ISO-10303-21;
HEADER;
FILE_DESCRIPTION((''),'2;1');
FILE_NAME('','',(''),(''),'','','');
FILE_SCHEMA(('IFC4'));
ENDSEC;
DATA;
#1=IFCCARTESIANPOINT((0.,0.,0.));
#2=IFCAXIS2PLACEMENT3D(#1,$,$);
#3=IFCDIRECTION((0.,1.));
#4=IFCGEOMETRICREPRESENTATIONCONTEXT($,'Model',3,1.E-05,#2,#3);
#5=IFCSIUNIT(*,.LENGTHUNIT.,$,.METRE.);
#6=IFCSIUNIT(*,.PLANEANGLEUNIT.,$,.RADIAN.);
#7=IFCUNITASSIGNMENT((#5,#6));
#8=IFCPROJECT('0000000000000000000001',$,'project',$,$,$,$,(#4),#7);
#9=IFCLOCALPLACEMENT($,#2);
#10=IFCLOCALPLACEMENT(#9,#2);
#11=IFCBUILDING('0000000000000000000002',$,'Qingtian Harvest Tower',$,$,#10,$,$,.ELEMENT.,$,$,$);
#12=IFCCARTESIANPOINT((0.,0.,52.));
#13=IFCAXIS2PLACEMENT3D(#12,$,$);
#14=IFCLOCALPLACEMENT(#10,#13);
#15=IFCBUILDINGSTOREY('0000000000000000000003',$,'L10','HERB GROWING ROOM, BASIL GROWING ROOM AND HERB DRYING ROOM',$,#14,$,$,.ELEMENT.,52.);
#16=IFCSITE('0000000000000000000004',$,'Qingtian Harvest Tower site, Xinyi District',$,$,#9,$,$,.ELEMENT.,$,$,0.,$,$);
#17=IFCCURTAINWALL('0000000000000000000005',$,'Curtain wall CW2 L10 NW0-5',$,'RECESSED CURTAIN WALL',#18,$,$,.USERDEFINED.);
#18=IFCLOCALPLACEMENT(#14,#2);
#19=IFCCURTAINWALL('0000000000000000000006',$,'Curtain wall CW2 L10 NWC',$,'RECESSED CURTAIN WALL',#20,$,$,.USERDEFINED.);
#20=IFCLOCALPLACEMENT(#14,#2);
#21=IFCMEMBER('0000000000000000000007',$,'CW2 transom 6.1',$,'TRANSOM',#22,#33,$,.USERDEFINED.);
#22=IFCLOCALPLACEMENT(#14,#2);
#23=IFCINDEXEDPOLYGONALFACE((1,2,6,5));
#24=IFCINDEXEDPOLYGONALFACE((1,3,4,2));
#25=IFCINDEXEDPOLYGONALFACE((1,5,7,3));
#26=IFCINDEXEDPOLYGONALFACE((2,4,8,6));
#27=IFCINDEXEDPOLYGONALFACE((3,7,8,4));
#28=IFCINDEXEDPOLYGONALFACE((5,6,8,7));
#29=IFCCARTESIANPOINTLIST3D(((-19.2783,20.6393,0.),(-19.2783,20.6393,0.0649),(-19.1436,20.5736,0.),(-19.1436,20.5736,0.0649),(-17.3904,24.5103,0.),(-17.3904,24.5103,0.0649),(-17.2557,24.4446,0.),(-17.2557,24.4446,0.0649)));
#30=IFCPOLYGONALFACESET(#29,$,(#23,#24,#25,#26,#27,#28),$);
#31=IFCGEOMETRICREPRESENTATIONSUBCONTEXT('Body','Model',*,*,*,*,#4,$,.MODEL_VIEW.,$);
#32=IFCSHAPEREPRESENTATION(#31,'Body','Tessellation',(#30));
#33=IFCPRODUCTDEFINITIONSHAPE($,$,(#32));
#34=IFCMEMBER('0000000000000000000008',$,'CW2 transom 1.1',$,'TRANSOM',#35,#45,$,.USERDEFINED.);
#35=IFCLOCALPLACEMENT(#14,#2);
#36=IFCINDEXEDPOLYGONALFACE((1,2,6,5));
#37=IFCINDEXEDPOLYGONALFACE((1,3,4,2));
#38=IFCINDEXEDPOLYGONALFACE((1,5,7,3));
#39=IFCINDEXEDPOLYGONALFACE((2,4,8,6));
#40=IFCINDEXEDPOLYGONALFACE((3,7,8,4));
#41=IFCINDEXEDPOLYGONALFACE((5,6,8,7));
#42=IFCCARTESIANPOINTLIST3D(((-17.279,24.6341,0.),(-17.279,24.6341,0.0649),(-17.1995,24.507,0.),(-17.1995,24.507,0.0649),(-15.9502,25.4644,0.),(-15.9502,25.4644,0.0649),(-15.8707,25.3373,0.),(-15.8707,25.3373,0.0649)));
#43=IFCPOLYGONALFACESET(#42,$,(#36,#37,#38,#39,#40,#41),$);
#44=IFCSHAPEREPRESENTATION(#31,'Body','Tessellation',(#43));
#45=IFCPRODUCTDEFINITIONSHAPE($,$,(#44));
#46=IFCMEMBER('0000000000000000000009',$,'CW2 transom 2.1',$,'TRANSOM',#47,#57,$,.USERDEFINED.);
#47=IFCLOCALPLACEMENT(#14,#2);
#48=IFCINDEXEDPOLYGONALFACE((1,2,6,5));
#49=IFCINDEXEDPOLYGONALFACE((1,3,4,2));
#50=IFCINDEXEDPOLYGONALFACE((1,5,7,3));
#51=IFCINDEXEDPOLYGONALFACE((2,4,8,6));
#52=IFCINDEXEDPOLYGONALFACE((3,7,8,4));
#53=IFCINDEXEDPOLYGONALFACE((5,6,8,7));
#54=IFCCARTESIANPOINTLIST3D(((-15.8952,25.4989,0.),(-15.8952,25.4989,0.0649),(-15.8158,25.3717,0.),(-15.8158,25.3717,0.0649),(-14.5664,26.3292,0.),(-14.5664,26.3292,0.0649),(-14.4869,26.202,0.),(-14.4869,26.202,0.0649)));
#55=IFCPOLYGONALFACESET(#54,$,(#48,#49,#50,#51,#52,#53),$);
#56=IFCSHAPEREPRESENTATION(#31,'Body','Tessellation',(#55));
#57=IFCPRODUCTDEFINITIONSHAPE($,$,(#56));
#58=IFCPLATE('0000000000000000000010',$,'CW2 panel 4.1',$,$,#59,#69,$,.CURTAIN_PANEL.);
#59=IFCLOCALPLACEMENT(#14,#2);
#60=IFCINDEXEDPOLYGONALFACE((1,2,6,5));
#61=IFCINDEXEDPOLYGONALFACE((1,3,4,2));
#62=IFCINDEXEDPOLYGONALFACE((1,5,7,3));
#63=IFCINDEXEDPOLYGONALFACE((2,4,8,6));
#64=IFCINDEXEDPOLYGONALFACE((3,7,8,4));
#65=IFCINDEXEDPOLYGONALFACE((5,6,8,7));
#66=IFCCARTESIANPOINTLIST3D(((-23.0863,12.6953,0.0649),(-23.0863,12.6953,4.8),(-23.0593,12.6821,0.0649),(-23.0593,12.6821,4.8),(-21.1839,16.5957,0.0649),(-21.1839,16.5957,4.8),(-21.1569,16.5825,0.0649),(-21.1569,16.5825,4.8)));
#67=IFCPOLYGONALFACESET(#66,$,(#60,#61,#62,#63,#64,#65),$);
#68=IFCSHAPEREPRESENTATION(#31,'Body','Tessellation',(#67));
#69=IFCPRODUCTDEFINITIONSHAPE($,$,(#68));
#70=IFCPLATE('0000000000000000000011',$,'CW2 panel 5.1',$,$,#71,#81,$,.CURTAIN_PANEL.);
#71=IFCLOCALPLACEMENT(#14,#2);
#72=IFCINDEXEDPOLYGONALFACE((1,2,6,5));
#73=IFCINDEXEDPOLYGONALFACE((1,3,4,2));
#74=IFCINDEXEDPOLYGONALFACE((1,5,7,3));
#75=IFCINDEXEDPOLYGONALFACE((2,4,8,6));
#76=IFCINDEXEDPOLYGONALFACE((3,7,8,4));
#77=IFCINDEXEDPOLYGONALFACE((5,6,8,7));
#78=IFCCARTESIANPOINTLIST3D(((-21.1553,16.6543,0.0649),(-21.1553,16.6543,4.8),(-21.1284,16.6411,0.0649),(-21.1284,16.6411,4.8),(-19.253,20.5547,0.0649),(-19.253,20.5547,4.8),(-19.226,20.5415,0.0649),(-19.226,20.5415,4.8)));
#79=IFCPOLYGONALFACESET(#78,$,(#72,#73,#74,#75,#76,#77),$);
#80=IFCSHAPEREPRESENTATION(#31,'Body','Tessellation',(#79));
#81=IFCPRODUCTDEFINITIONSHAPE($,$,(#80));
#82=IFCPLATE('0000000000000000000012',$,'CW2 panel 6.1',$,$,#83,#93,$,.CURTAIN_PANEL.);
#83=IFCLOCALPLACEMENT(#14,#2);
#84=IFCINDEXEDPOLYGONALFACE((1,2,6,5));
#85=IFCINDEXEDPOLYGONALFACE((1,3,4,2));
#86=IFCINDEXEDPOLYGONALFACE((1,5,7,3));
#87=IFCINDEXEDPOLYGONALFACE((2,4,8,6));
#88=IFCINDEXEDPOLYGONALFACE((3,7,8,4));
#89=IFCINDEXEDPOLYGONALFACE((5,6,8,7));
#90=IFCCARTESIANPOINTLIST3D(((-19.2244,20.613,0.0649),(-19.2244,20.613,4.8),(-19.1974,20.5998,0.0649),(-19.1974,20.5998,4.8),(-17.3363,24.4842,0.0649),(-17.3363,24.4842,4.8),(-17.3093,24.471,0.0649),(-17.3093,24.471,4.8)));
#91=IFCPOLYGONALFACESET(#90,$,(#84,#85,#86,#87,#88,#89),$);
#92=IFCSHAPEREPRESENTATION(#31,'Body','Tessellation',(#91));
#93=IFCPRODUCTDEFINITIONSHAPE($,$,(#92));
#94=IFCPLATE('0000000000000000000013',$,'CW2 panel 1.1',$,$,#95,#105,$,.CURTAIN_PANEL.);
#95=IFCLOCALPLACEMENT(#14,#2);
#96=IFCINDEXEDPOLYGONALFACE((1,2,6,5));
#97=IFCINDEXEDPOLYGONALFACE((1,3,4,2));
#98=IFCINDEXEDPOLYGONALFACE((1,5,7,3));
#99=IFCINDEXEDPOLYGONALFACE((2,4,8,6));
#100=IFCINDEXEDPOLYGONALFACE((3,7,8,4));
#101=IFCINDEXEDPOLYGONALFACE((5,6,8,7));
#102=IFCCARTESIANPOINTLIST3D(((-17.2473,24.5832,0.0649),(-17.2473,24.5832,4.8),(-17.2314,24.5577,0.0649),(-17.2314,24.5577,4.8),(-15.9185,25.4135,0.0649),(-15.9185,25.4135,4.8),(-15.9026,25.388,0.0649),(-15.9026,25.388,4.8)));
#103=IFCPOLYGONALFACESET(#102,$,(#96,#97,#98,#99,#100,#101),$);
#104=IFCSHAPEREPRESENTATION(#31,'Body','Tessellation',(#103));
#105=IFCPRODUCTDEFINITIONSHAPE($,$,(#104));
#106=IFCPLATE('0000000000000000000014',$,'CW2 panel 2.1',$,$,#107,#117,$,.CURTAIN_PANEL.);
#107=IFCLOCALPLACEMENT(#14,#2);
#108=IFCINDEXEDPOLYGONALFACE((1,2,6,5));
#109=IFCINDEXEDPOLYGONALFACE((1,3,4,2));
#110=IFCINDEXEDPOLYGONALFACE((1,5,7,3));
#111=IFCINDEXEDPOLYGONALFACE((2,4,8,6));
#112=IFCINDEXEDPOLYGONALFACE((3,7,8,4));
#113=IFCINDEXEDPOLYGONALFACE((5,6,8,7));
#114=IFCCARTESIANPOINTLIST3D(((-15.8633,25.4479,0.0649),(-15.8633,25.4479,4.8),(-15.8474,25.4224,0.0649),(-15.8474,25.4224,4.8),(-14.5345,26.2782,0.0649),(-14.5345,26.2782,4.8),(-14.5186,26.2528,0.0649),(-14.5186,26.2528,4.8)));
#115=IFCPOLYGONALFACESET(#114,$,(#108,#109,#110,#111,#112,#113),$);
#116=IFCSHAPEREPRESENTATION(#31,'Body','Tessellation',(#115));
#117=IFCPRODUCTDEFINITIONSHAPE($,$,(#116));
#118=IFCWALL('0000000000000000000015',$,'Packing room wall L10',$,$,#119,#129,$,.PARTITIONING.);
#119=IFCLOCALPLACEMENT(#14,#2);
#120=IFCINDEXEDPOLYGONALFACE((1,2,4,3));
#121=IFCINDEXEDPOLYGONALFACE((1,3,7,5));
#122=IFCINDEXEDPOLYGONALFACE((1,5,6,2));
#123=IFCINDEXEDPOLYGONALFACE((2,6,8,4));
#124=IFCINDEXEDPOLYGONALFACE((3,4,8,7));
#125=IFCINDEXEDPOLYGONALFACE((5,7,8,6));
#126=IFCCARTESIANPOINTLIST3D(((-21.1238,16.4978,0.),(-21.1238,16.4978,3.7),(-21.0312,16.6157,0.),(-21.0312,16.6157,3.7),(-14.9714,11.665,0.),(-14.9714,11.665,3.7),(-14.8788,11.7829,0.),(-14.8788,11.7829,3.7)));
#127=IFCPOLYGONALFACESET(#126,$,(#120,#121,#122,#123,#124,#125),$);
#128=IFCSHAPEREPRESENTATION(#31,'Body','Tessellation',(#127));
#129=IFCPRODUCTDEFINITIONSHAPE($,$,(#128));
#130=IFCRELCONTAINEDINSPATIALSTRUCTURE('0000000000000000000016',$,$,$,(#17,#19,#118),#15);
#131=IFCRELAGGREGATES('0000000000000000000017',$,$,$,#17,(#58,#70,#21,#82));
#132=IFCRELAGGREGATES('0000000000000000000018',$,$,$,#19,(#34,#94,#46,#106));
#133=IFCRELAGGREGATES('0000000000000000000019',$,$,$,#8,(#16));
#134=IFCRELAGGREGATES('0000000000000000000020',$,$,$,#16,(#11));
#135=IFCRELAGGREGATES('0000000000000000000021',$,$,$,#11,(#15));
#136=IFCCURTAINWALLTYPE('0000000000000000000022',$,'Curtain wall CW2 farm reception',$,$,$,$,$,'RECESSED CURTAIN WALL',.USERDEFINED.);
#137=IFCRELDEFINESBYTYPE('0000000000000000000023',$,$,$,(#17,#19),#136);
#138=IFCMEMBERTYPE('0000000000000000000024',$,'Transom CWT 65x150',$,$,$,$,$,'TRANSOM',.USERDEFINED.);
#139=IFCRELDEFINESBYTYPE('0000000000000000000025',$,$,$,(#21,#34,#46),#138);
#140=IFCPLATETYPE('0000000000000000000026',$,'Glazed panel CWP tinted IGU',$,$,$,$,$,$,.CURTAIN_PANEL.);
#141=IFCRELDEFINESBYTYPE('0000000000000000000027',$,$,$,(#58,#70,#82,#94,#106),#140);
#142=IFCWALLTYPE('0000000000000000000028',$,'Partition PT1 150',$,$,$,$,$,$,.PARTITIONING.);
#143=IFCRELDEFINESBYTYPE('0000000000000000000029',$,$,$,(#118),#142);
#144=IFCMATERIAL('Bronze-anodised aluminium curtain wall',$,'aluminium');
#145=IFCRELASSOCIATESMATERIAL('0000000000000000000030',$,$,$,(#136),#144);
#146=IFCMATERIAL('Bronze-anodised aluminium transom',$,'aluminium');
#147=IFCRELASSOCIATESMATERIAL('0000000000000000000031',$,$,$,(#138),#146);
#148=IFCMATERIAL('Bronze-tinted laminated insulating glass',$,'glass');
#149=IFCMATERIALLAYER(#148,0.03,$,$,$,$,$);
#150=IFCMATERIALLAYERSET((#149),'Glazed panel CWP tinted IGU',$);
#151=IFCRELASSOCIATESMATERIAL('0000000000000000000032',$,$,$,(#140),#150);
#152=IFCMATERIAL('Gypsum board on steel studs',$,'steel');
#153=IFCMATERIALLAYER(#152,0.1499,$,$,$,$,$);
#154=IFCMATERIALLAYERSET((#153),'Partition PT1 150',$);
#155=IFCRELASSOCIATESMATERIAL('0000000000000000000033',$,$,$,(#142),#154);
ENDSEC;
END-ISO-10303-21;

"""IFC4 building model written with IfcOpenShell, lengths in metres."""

from ifc_helpers import new_model, si_unit, direction, frame, frame_2d, origin, origin_2d, place, context, subcontext, project, spatial, rectangle, extrude, material, layer, layer_set, material_profile, profile_set, type_object, element, aggregate, save


model = new_model("IFC4")

# Units and contexts
model_context = context("Model", 3, precision=1e-05, world=origin(), true_north=direction((0.0, 1.0)))
body_context = subcontext(model_context, "Body", "Model", "MODEL_VIEW")
ifc_project = project(units=[si_unit("LENGTHUNIT", "METRE"), si_unit("PLANEANGLEUNIT", "RADIAN")], contexts=[model_context])

# Site, building, storey
site_placement = place(None, origin())
site = spatial("IfcSite", under=ifc_project, at=site_placement, Name="Qingtian Harvest Tower site, Xinyi District", CompositionType="ELEMENT", RefElevation=0.0)
building_placement = place(site_placement, origin())
building = spatial("IfcBuilding", under=site, at=building_placement, Name="Qingtian Harvest Tower", CompositionType="ELEMENT")
storey_placement = place(building_placement, frame((0.0, 0.0, 52.0)))
storey = spatial("IfcBuildingStorey", under=building, at=storey_placement, Name="L10", Description="HERB GROWING ROOM, BASIL GROWING ROOM AND HERB DRYING ROOM", CompositionType="ELEMENT", Elevation=52.0)

# Curtain walls
ifc_material_1 = material(Name="Bronze-anodised aluminium curtain wall", Category="aluminium")
curtain_wall_type = type_object("IfcCurtainWallType", Name="Curtain wall CW2 farm reception", ElementType="RECESSED CURTAIN WALL", PredefinedType="USERDEFINED", material=ifc_material_1)
curtain_wall_1_placement = place(storey_placement, origin())
curtain_wall_1 = element("IfcCurtainWall", 1, at=curtain_wall_1_placement, inside=storey, type_object=curtain_wall_type, Name="Curtain wall CW2 L10 NW0-5", ObjectType="RECESSED CURTAIN WALL", PredefinedType="USERDEFINED")
curtain_wall_2_placement = place(storey_placement, origin())
curtain_wall_2 = element("IfcCurtainWall", 2, at=curtain_wall_2_placement, inside=storey, type_object=curtain_wall_type, Name="Curtain wall CW2 L10 NWC", ObjectType="RECESSED CURTAIN WALL", PredefinedType="USERDEFINED")

# Members
ifc_material_2 = material(Name="Bronze-anodised aluminium transom", Category="aluminium")
ifc_material_profile_1 = material_profile(ifc_material_2, rectangle(XDim=0.1499, YDim=0.0649, at=origin_2d()), Name="AL 65x150")
ifc_profile_set_1 = profile_set([ifc_material_profile_1], Name="Bronze-anodised aluminium transom")
member_type_1 = type_object("IfcMemberType", Name="Transom CWT 65x150", ElementType="TRANSOM", PredefinedType="USERDEFINED", material=ifc_profile_set_1)
member_1_placement = place(storey_placement, frame((-19.2109, 20.6064, 0.0325), z_axis=(0.438349, 0.898805, 0.0), x_axis=(-0.898805, 0.438349, 0.0)))
member_1 = element("IfcMember", 3, at=member_1_placement, type_object=member_type_1, Name="CW2 transom 6.1", ObjectType="TRANSOM", PredefinedType="USERDEFINED", context=body_context, shape_type="SweptSolid", body=[
    extrude(rectangle(XDim=0.1499, YDim=0.0649, at=origin_2d()), origin(), (0.0, 0.0, 1.0), 4.3069),
])
member_2_placement = place(storey_placement, frame((-17.2393, 24.5706, 0.0325), z_axis=(0.84806, 0.529901, 0.0), x_axis=(-0.529901, 0.84806, 0.0)))
member_2 = element("IfcMember", 4, at=member_2_placement, type_object=member_type_1, Name="CW2 transom 1.1", ObjectType="TRANSOM", PredefinedType="USERDEFINED", context=body_context, shape_type="SweptSolid", body=[
    extrude(rectangle(XDim=0.1499, YDim=0.0649, at=origin_2d()), origin(), (0.0, 0.0, 1.0), 1.5669),
])
member_3_placement = place(storey_placement, frame((-15.8555, 25.4353, 0.0325), z_axis=(0.84806, 0.529901, 0.0), x_axis=(-0.529901, 0.84806, 0.0)))
member_3 = element("IfcMember", 5, at=member_3_placement, type_object=member_type_1, Name="CW2 transom 2.1", ObjectType="TRANSOM", PredefinedType="USERDEFINED", context=body_context, shape_type="SweptSolid", body=[
    extrude(rectangle(XDim=0.1499, YDim=0.0649, at=origin_2d()), origin(), (0.0, 0.0, 1.0), 1.5669),
])

# Plates
ifc_material_3 = material(Name="Bronze-tinted laminated insulating glass", Category="glass")
ifc_layer_1 = layer(ifc_material_3, 0.03)
ifc_layer_set_1 = layer_set([ifc_layer_1], Name="Glazed panel CWP tinted IGU")
plate_type = type_object("IfcPlateType", Name="Glazed panel CWP tinted IGU", PredefinedType="CURTAIN_PANEL", material=ifc_layer_set_1)
plate_1_placement = place(storey_placement, frame((-22.1216, 14.6389, 0.0649), z_axis=(0.0, 0.0, 1.0), x_axis=(0.438371, 0.898794, 0.0)))
plate_1 = element("IfcPlate", 6, at=plate_1_placement, type_object=plate_type, Name="CW2 panel 4.1", PredefinedType="CURTAIN_PANEL", context=body_context, shape_type="SweptSolid", body=[
    extrude(rectangle(XDim=4.3396, YDim=0.03, at=origin_2d()), origin(), (0.0, 0.0, 1.0), 4.7351),
])
plate_2_placement = place(storey_placement, frame((-20.1907, 18.5979, 0.0649), z_axis=(0.0, 0.0, 1.0), x_axis=(0.438371, 0.898794, 0.0)))
plate_2 = element("IfcPlate", 7, at=plate_2_placement, type_object=plate_type, Name="CW2 panel 5.1", PredefinedType="CURTAIN_PANEL", context=body_context, shape_type="SweptSolid", body=[
    extrude(rectangle(XDim=4.3396, YDim=0.03, at=origin_2d()), origin(), (0.0, 0.0, 1.0), 4.7351),
])
plate_3_placement = place(storey_placement, frame((-18.2668, 22.542, 0.0649), z_axis=(0.0, 0.0, 1.0), x_axis=(0.438371, 0.898794, 0.0)))
plate_3 = element("IfcPlate", 8, at=plate_3_placement, type_object=plate_type, Name="CW2 panel 6.1", PredefinedType="CURTAIN_PANEL", context=body_context, shape_type="SweptSolid", body=[
    extrude(rectangle(XDim=4.3071, YDim=0.03, at=origin_2d()), origin(), (0.0, 0.0, 1.0), 4.7351),
])
aggregate(curtain_wall_1, [plate_1, plate_2, member_1, plate_3])
plate_4_placement = place(storey_placement, frame((-16.575, 24.9856, 0.0649), z_axis=(0.0, 0.0, 1.0), x_axis=(0.848048, 0.529919, 0.0)))
plate_4 = element("IfcPlate", 9, at=plate_4_placement, type_object=plate_type, Name="CW2 panel 1.1", PredefinedType="CURTAIN_PANEL", context=body_context, shape_type="SweptSolid", body=[
    extrude(rectangle(XDim=1.5669, YDim=0.03, at=origin_2d()), origin(), (0.0, 0.0, 1.0), 4.7351),
])
plate_5_placement = place(storey_placement, frame((-15.1909, 25.8503, 0.0649), z_axis=(0.0, 0.0, 1.0), x_axis=(0.848048, 0.529919, 0.0)))
plate_5 = element("IfcPlate", 10, at=plate_5_placement, type_object=plate_type, Name="CW2 panel 2.1", PredefinedType="CURTAIN_PANEL", context=body_context, shape_type="SweptSolid", body=[
    extrude(rectangle(XDim=1.5669, YDim=0.03, at=origin_2d()), origin(), (0.0, 0.0, 1.0), 4.7351),
])
aggregate(curtain_wall_2, [member_2, plate_4, member_3, plate_5])

# Wall
ifc_material_4 = material(Name="Gypsum board on steel studs", Category="steel")
ifc_layer_2 = layer(ifc_material_4, 0.1499)
ifc_layer_set_2 = layer_set([ifc_layer_2], Name="Partition PT1 150")
wall_type = type_object("IfcWallType", Name="Partition PT1 150", PredefinedType="PARTITIONING", material=ifc_layer_set_2)
wall_placement = place(storey_placement, frame((-21.0774, 16.5566, 0.0), z_axis=(0.0, 0.0, 1.0), x_axis=(0.786394, -0.617725, 0.0)))
element("IfcWall", 11, at=wall_placement, inside=storey, type_object=wall_type, Name="Packing room wall L10", PredefinedType="PARTITIONING", context=body_context, shape_type="SweptSolid", body=[
    extrude(rectangle(XDim=7.8235, YDim=0.1499, at=frame_2d((3.9116, 0.0))), origin(), (0.0, 0.0, 1.0), 3.7),
])

save(model, "model.ifc")
